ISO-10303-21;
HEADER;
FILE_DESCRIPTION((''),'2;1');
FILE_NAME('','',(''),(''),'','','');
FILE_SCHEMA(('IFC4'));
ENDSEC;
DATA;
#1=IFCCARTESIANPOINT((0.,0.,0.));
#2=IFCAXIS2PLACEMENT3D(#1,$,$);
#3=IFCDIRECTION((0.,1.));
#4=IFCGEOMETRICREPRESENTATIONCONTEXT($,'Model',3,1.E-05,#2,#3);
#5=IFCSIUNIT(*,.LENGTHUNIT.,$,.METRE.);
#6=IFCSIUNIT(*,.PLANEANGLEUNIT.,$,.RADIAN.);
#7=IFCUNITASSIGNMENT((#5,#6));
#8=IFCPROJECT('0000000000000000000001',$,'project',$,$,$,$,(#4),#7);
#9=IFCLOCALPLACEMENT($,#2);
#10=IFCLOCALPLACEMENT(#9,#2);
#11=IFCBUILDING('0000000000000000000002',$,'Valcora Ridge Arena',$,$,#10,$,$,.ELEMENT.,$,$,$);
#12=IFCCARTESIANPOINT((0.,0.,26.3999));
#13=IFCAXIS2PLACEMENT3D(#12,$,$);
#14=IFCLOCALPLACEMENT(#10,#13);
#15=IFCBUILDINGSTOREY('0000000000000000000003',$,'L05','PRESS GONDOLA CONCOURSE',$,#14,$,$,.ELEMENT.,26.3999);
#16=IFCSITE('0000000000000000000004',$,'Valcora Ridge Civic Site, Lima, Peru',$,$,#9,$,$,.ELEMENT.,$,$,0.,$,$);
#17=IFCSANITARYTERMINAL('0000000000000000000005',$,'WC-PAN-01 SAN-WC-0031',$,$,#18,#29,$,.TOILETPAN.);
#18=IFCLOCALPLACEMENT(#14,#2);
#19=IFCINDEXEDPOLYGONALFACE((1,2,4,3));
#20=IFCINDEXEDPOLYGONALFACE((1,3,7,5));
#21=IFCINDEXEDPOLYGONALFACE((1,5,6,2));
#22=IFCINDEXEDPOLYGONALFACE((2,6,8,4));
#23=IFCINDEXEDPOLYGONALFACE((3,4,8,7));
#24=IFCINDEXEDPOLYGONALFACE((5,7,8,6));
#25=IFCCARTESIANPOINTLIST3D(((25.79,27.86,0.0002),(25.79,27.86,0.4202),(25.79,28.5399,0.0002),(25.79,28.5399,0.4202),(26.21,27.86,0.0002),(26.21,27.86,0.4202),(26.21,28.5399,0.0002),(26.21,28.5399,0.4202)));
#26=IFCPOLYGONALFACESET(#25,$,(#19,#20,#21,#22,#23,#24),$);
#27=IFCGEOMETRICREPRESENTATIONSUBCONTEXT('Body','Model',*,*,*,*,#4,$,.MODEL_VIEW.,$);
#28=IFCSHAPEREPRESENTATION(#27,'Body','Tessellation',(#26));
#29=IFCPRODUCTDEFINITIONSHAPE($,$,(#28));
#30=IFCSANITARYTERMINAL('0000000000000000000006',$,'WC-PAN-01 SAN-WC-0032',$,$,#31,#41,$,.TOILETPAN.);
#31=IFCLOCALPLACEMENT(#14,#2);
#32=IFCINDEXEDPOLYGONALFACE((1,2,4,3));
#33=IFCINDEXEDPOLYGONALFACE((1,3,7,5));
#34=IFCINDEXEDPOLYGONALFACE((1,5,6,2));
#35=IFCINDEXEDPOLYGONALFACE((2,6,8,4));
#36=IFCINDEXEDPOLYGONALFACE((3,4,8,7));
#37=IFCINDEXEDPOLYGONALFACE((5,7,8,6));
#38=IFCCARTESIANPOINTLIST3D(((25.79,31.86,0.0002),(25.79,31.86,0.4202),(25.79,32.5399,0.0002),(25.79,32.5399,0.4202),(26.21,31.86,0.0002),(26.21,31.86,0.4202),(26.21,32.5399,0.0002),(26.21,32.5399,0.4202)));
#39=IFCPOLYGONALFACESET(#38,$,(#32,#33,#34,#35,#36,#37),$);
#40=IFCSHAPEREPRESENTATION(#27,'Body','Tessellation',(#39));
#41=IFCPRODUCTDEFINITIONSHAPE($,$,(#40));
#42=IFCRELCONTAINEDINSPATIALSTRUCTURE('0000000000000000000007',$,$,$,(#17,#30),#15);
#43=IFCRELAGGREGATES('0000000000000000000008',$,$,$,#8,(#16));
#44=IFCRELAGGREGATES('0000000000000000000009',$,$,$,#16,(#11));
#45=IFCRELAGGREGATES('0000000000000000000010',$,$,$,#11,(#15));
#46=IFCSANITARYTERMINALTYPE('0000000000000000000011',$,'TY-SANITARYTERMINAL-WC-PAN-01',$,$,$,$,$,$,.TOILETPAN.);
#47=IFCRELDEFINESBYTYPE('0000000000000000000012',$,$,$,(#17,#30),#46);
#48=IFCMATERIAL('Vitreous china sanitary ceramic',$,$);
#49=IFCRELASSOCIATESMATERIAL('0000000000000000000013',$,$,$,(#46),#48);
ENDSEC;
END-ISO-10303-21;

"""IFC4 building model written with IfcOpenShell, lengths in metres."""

from ifc_helpers import new_model, si_unit, direction, frame, origin, origin_2d, place, context, subcontext, project, spatial, rectangle, extrude, material, type_object, element, save


model = new_model("IFC4")

# Units and contexts
model_context = context("Model", 3, precision=1e-05, world=origin(), true_north=direction((0.0, 1.0)))
body_context = subcontext(model_context, "Body", "Model", "MODEL_VIEW")
ifc_project = project(units=[si_unit("LENGTHUNIT", "METRE"), si_unit("PLANEANGLEUNIT", "RADIAN")], contexts=[model_context])

# Site, building, storey
site_placement = place(None, origin())
site = spatial("IfcSite", under=ifc_project, at=site_placement, Name="Valcora Ridge Civic Site, Lima, Peru", CompositionType="ELEMENT", RefElevation=0.0)
building_placement = place(site_placement, origin())
building = spatial("IfcBuilding", under=site, at=building_placement, Name="Valcora Ridge Arena", CompositionType="ELEMENT")
storey_placement = place(building_placement, frame((0.0, 0.0, 26.3999)))
storey = spatial("IfcBuildingStorey", under=building, at=storey_placement, Name="L05", Description="PRESS GONDOLA CONCOURSE", CompositionType="ELEMENT", Elevation=26.3999)

# Sanitary terminals
ifc_material_1 = material(Name="Vitreous china sanitary ceramic")
sanitary_terminal_type_1 = type_object("IfcSanitaryTerminalType", Name="TY-SANITARYTERMINAL-WC-PAN-01", PredefinedType="TOILETPAN", material=ifc_material_1)
for number, where, z_axis, x_axis, name in (
    (1, (26.0, 28.2, 0.0002), (0.0, 0.0, 1.0), (1.0, 0.0, 0.0), "WC-PAN-01 SAN-WC-0031"),
    (2, (26.0, 32.2, 0.0002), (0.0, 0.0, 1.0), (1.0, 0.0, 0.0), "WC-PAN-01 SAN-WC-0032"),
):
    element("IfcSanitaryTerminal", number, at=place(storey_placement, frame(where, z_axis=z_axis, x_axis=x_axis)), inside=storey, type_object=sanitary_terminal_type_1, Name=name, PredefinedType="TOILETPAN", context=body_context, shape_type="SweptSolid", body=[
        extrude(rectangle(XDim=0.4199, YDim=0.6799, at=origin_2d()), origin(), (0.0, 0.0, 1.0), 0.4199),
    ])

save(model, "model.ifc")
